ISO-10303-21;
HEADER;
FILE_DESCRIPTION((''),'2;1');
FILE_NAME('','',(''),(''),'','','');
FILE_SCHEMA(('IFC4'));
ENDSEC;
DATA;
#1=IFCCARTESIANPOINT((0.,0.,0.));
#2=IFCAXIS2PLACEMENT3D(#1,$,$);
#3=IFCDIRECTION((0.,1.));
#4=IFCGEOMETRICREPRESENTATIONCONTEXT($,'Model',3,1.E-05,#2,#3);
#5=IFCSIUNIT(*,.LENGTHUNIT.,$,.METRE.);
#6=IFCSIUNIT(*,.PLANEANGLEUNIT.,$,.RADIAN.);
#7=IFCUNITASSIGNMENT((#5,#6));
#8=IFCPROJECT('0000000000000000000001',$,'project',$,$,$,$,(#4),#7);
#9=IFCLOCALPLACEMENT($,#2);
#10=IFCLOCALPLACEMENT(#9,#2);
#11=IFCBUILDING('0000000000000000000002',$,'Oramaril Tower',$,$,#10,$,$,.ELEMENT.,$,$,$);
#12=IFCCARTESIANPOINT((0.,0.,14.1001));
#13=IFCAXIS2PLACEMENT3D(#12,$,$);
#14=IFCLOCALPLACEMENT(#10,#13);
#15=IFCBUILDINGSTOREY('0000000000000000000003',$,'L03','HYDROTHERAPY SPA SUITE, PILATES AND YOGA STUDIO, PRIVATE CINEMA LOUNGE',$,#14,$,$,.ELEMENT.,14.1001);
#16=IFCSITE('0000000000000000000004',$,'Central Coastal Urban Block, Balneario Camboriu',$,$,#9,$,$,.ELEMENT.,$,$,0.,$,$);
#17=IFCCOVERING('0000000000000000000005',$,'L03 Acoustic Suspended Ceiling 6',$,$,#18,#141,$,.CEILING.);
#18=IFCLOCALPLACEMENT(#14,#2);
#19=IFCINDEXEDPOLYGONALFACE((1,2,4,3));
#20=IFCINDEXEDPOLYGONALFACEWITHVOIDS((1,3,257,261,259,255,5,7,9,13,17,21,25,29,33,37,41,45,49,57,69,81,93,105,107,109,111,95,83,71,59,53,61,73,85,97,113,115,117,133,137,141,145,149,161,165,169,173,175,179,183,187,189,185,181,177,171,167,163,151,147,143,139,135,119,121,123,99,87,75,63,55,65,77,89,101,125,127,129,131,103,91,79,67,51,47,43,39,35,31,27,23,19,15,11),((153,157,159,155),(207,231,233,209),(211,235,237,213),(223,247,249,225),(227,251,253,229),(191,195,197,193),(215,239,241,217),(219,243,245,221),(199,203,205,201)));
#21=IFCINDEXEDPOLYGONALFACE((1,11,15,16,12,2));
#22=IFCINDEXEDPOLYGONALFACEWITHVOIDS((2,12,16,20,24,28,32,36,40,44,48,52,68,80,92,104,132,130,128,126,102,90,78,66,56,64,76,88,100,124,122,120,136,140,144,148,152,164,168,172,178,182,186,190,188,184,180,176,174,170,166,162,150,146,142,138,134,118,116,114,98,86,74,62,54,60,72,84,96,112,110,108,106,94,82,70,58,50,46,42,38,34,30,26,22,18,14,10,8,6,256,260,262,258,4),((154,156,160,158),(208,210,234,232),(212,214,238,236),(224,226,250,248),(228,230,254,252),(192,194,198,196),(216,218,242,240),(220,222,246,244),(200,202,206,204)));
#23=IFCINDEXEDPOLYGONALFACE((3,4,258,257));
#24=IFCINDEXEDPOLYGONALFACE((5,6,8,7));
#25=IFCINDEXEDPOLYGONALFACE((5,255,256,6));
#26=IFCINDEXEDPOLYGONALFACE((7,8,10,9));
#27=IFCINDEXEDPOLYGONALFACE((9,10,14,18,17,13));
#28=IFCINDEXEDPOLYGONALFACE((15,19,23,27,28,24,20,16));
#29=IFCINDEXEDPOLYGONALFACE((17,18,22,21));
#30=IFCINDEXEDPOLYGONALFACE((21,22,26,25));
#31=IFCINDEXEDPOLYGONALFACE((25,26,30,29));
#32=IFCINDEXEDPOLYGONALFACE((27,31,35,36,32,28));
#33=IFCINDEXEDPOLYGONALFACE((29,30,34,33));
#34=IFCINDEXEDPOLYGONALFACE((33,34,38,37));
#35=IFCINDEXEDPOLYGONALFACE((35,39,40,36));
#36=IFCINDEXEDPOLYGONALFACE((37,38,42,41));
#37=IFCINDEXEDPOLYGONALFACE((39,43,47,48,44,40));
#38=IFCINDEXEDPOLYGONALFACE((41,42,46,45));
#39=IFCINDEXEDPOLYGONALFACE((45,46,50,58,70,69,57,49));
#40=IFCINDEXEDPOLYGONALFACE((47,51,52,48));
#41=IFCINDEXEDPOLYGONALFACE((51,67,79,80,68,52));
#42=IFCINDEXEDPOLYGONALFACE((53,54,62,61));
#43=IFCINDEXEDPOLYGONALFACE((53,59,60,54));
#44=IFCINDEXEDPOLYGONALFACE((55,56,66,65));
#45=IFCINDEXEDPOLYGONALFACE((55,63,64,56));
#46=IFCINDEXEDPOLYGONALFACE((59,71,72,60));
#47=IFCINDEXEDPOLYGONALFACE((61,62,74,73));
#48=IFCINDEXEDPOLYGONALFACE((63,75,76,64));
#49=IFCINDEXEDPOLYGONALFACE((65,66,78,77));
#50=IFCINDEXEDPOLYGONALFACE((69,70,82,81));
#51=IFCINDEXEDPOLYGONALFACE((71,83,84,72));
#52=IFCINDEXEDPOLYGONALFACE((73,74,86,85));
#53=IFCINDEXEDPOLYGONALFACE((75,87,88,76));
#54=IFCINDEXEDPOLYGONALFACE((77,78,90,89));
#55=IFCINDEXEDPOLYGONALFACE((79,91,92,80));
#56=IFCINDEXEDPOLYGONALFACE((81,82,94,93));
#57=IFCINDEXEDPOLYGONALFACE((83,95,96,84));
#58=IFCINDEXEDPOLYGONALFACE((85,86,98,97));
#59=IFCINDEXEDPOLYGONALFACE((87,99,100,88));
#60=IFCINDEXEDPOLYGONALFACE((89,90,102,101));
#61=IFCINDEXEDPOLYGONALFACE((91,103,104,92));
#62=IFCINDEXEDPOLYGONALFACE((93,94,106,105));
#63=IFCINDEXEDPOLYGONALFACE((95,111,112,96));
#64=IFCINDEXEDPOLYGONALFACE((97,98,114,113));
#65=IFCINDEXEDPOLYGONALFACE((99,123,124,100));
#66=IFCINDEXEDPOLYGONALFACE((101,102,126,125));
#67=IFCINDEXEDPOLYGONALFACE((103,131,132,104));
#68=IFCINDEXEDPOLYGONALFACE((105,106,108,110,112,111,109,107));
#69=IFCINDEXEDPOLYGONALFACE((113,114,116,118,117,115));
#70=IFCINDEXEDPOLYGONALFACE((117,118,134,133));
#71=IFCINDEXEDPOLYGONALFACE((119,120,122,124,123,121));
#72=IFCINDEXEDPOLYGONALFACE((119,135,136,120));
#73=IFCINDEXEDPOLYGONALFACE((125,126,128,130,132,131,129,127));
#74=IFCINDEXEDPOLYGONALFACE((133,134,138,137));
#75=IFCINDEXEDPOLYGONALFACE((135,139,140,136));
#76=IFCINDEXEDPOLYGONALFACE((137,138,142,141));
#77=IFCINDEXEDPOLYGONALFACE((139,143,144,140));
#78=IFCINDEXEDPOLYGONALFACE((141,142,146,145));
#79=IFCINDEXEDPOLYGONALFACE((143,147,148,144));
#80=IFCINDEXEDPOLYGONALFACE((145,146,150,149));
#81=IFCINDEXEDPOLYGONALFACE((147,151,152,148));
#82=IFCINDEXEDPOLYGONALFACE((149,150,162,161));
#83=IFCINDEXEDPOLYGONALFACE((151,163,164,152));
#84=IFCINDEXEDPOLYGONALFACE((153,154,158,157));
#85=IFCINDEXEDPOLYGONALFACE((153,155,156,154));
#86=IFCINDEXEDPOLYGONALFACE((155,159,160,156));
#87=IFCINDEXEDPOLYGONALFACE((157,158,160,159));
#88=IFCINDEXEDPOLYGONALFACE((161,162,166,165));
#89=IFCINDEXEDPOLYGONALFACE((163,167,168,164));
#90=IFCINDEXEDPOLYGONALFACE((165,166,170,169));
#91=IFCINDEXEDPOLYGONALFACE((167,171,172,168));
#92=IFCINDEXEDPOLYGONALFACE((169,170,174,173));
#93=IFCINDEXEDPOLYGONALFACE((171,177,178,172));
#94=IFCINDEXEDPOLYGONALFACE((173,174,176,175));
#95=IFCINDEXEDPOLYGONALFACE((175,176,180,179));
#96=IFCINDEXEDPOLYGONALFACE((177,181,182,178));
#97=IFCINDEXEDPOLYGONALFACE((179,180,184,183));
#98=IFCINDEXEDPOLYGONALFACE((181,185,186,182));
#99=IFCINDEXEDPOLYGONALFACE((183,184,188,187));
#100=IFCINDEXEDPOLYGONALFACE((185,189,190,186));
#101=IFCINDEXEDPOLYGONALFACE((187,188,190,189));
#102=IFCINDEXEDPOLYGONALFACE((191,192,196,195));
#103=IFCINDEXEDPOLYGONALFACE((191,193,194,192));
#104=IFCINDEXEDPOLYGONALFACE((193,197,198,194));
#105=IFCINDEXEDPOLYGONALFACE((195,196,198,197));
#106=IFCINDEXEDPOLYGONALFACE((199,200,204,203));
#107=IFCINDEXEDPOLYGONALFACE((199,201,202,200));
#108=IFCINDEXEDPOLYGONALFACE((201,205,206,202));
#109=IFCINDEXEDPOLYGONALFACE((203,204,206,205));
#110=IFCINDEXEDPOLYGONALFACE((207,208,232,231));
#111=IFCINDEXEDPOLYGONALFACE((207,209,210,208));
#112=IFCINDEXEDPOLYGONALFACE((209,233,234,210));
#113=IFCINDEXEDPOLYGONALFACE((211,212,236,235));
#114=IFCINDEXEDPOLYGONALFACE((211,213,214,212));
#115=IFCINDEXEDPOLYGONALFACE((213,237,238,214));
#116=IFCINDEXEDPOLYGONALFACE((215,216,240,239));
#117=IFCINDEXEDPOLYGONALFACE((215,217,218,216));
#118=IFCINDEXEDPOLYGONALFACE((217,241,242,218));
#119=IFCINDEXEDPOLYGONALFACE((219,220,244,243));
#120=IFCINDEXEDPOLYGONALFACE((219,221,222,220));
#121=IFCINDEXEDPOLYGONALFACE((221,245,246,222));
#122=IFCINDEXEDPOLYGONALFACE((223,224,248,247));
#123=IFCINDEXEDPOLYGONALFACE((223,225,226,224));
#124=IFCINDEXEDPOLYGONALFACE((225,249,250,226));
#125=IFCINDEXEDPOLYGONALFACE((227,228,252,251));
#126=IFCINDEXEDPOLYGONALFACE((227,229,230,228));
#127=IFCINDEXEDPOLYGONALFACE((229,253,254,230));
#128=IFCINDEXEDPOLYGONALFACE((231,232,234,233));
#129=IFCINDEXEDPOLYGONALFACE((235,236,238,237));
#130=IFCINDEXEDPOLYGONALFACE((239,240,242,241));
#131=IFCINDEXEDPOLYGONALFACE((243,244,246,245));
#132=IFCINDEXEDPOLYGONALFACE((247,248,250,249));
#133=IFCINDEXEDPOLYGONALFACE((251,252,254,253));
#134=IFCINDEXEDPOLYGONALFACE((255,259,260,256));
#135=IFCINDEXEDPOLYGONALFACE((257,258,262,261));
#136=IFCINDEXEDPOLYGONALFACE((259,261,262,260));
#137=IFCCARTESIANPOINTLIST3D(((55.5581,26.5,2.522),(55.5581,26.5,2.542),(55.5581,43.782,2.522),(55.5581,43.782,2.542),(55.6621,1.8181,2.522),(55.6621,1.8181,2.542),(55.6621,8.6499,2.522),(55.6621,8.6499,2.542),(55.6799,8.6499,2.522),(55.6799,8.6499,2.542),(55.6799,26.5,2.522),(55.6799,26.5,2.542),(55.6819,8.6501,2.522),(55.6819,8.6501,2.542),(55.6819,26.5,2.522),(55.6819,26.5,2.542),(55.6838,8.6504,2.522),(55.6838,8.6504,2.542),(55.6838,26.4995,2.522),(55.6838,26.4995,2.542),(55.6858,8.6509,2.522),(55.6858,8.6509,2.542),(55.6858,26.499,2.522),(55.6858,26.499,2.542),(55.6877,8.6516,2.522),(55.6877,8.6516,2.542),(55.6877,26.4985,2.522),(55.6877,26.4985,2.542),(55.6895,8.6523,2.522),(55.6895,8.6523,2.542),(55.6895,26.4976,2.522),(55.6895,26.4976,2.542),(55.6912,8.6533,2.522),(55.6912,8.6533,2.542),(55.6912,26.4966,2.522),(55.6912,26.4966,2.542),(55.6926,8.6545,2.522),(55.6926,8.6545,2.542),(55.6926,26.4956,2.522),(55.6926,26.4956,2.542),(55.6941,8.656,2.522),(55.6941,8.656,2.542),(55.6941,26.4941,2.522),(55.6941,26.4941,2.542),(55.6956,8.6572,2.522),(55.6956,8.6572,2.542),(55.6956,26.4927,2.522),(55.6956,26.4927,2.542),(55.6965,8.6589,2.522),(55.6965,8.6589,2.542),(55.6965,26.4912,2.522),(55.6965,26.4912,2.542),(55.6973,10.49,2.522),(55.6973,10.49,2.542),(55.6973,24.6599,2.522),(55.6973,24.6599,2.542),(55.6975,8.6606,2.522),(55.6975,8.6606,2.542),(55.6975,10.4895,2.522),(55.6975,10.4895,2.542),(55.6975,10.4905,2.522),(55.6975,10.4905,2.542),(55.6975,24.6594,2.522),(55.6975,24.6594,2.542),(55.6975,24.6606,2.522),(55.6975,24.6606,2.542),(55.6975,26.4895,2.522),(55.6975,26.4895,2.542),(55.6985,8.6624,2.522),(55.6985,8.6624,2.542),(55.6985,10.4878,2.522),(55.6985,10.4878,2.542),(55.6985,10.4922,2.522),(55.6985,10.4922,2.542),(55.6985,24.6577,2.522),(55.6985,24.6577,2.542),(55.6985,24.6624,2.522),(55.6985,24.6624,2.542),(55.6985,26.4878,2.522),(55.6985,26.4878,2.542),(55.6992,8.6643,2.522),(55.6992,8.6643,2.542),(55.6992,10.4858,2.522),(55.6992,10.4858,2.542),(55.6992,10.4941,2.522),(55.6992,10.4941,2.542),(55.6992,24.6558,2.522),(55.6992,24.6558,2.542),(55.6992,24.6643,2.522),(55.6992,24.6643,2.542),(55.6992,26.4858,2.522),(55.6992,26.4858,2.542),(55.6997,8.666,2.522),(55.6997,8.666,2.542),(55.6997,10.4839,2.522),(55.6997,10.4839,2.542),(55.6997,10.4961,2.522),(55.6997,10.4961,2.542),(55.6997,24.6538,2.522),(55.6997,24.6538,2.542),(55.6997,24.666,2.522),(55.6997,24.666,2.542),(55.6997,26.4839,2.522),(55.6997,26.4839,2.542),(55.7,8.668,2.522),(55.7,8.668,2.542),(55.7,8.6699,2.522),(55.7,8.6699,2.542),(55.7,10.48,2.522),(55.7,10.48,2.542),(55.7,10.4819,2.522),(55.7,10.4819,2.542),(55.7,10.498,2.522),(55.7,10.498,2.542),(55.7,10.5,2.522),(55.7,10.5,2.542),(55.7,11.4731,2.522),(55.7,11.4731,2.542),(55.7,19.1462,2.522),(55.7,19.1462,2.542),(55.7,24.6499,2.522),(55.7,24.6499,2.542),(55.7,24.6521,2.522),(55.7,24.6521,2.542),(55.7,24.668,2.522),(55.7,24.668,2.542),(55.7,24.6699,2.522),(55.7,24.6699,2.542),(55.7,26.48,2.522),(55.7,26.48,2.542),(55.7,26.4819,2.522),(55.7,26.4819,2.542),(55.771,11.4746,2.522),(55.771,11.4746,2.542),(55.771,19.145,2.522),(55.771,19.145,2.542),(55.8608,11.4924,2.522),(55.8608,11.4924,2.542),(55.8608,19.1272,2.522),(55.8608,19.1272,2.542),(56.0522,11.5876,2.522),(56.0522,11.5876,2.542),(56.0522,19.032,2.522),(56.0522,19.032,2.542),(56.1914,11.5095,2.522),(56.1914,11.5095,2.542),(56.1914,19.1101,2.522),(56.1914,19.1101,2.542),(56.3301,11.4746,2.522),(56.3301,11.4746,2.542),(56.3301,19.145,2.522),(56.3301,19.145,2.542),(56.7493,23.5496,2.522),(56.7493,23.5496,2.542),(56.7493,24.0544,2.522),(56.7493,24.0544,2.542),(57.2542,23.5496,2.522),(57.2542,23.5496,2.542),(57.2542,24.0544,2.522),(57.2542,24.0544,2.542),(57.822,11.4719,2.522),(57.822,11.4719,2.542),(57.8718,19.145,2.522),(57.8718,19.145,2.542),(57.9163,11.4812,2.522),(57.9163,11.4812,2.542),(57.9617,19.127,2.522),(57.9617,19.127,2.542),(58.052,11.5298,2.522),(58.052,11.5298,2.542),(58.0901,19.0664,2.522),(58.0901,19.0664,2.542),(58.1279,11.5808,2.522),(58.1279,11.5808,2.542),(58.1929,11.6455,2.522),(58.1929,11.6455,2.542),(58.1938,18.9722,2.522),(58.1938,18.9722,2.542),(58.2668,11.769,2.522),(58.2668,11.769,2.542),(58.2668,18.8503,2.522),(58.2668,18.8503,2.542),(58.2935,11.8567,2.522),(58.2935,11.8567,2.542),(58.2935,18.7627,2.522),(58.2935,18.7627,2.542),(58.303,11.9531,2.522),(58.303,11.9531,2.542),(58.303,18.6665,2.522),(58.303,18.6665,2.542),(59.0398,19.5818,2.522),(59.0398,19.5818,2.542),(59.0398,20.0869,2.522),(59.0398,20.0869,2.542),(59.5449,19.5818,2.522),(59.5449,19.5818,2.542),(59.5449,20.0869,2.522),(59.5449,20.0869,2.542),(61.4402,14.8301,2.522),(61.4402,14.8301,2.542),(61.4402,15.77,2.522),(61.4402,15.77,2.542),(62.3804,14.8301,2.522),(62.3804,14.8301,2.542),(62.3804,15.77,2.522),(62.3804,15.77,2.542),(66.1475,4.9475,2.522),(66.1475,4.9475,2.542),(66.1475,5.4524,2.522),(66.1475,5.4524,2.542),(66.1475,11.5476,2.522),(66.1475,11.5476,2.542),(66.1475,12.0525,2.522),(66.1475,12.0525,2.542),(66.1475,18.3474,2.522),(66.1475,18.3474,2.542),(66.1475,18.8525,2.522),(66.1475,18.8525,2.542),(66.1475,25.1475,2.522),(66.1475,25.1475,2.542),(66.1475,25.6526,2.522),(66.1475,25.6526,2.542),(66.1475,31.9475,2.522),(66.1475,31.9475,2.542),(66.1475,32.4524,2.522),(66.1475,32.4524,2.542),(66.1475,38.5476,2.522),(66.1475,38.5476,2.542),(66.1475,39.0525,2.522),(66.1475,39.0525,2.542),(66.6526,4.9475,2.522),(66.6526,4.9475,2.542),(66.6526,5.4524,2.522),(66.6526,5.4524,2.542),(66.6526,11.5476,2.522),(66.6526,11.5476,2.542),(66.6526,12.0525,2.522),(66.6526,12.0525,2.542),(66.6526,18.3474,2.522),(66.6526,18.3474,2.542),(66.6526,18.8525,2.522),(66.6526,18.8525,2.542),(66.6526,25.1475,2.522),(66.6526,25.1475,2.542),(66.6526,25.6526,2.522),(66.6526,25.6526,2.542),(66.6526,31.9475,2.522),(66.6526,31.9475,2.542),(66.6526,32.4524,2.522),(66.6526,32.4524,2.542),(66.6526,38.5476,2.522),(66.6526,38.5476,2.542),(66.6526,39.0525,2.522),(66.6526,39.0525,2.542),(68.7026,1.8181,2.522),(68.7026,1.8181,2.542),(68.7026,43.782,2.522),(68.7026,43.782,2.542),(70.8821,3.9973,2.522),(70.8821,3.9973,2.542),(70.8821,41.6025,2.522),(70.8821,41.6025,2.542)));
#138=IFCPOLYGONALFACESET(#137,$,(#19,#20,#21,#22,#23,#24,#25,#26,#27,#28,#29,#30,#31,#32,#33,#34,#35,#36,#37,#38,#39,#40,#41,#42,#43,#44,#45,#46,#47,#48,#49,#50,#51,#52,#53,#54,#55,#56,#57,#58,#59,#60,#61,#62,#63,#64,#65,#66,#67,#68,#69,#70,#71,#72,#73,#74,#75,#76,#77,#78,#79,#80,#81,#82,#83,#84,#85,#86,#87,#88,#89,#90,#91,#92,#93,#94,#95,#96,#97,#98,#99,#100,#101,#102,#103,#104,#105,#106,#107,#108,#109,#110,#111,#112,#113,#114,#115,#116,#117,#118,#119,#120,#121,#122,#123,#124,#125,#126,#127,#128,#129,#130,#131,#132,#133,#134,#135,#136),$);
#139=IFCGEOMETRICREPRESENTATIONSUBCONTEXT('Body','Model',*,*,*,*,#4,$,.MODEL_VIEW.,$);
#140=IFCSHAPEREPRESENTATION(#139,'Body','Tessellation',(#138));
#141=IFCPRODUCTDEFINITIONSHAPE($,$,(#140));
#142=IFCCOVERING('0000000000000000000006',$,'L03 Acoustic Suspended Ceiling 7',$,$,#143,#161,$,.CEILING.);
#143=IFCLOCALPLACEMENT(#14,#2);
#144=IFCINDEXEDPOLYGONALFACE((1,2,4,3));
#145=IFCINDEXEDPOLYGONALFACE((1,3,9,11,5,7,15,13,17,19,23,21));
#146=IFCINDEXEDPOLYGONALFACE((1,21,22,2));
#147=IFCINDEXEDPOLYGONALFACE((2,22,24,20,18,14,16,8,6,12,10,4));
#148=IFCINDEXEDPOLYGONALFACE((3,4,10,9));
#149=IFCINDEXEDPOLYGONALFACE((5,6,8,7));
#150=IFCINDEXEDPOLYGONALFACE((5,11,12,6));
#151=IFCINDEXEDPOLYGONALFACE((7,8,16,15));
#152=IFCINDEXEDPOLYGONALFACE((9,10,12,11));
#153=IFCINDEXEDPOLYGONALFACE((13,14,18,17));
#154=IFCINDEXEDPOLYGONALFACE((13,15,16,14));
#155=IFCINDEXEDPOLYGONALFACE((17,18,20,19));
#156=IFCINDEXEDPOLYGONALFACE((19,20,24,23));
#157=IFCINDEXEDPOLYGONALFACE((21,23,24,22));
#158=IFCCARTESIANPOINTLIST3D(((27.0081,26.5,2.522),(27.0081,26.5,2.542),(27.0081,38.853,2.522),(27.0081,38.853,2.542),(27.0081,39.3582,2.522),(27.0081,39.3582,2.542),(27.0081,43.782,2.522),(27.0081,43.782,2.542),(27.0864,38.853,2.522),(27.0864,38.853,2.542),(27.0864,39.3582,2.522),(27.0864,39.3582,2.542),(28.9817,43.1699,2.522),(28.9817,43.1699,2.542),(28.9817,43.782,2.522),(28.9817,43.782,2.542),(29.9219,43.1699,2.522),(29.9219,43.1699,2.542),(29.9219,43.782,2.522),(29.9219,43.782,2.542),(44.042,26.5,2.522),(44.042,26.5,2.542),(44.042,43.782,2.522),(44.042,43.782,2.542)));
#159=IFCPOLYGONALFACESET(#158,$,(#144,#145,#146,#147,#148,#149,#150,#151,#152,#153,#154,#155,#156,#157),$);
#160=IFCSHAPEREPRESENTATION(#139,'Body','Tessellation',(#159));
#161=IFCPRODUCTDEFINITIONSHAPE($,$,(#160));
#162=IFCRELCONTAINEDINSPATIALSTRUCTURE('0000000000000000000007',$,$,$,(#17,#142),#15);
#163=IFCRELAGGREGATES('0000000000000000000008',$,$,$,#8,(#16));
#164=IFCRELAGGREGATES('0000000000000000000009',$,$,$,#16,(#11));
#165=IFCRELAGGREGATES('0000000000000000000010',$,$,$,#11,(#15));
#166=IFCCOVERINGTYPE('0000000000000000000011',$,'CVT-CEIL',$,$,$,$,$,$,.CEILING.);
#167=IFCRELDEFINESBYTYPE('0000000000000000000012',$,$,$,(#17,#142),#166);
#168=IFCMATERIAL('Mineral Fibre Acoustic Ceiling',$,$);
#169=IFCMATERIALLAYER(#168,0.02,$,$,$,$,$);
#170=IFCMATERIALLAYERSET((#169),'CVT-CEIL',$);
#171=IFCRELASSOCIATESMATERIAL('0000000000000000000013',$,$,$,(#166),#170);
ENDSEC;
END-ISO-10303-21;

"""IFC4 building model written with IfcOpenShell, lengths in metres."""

from ifc_helpers import new_model, si_unit, direction, frame, origin, place, context, subcontext, project, spatial, polyline, outline, extrude, material, layer, layer_set, type_object, element, save


model = new_model("IFC4")

# Units and contexts
model_context = context("Model", 3, precision=1e-05, world=origin(), true_north=direction((0.0, 1.0)))
body_context = subcontext(model_context, "Body", "Model", "MODEL_VIEW")
ifc_project = project(units=[si_unit("LENGTHUNIT", "METRE"), si_unit("PLANEANGLEUNIT", "RADIAN")], contexts=[model_context])

# Site, building, storey
site_placement = place(None, origin())
site = spatial("IfcSite", under=ifc_project, at=site_placement, Name="Central Coastal Urban Block, Balneario Camboriu", CompositionType="ELEMENT", RefElevation=0.0)
building_placement = place(site_placement, origin())
building = spatial("IfcBuilding", under=site, at=building_placement, Name="Oramaril Tower", CompositionType="ELEMENT")
storey_placement = place(building_placement, frame((0.0, 0.0, 14.1001)))
storey = spatial("IfcBuildingStorey", under=building, at=storey_placement, Name="L03", Description="HYDROTHERAPY SPA SUITE, PILATES AND YOGA STUDIO, PRIVATE CINEMA LOUNGE", CompositionType="ELEMENT", Elevation=14.1001)

# Coverings
ifc_material_1 = material(Name="Mineral Fibre Acoustic Ceiling")
ifc_layer_1 = layer(ifc_material_1, 0.02)
ifc_layer_set_1 = layer_set([ifc_layer_1], Name="CVT-CEIL")
covering_type_1 = type_object("IfcCoveringType", Name="CVT-CEIL", PredefinedType="CEILING", material=ifc_layer_set_1)
covering_1_placement = place(storey_placement, frame((0.0, 0.0, 2.522)))
element("IfcCovering", 1, at=covering_1_placement, inside=storey, type_object=covering_type_1, Name="L03 Acoustic Suspended Ceiling 6", PredefinedType="CEILING", context=body_context, shape_type="SweptSolid", body=[
    extrude(outline(polyline([(55.771, 11.4746), (55.8608, 11.4924), (56.0522, 11.5876), (56.1914, 11.5095), (56.3301, 11.4746), (57.822, 11.4719), (57.9163, 11.4812), (58.052, 11.5298), (58.1279, 11.5808), (58.1929, 11.6455), (58.2668, 11.769), (58.2935, 11.8567), (58.303, 11.9531), (58.303, 18.6665), (58.2935, 18.7627), (58.2668, 18.8503), (58.1938, 18.9722), (58.0901, 19.0664), (57.9617, 19.127), (57.8718, 19.145), (56.3301, 19.145), (56.1914, 19.1101), (56.0522, 19.032), (55.8608, 19.1272), (55.771, 19.145), (55.7, 19.1462), (55.7, 24.6499), (55.7, 24.6521), (55.6997, 24.6538), (55.6992, 24.6558), (55.6985, 24.6577), (55.6975, 24.6594), (55.6973, 24.6599), (55.6975, 24.6606), (55.6985, 24.6624), (55.6992, 24.6643), (55.6997, 24.666), (55.7, 24.668), (55.7, 24.6699), (55.7, 26.48), (55.7, 26.4819), (55.6997, 26.4839), (55.6992, 26.4858), (55.6985, 26.4878), (55.6975, 26.4895), (55.6965, 26.4912), (55.6956, 26.4927), (55.6941, 26.4941), (55.6926, 26.4956), (55.6912, 26.4966), (55.6895, 26.4976), (55.6877, 26.4985), (55.6858, 26.499), (55.6838, 26.4995), (55.6819, 26.5), (55.6799, 26.5), (55.5581, 26.5), (55.5581, 43.782), (68.7026, 43.782), (70.8821, 41.6025), (70.8821, 3.9973), (68.7026, 1.8181), (55.6621, 1.8181), (55.6621, 8.6499), (55.6799, 8.6499), (55.6819, 8.6501), (55.6838, 8.6504), (55.6858, 8.6509), (55.6877, 8.6516), (55.6895, 8.6523), (55.6912, 8.6533), (55.6926, 8.6545), (55.6941, 8.656), (55.6956, 8.6572), (55.6965, 8.6589), (55.6975, 8.6606), (55.6985, 8.6624), (55.6992, 8.6643), (55.6997, 8.666), (55.7, 8.668), (55.7, 8.6699), (55.7, 10.48), (55.7, 10.4819), (55.6997, 10.4839), (55.6992, 10.4858), (55.6985, 10.4878), (55.6975, 10.4895), (55.6973, 10.49), (55.6975, 10.4905), (55.6985, 10.4922), (55.6992, 10.4941), (55.6997, 10.4961), (55.7, 10.498), (55.7, 10.5), (55.7, 11.4731), (55.771, 11.4746)]), holes=[polyline([(66.6526, 4.9475), (66.6526, 5.4524), (66.1475, 5.4524), (66.1475, 4.9475), (66.6526, 4.9475)]), polyline([(66.6526, 12.0525), (66.1475, 12.0525), (66.1475, 11.5476), (66.6526, 11.5476), (66.6526, 12.0525)]), polyline([(62.3804, 15.77), (61.4402, 15.77), (61.4402, 14.8301), (62.3804, 14.8301), (62.3804, 15.77)]), polyline([(66.6526, 18.3474), (66.6526, 18.8525), (66.1475, 18.8525), (66.1475, 18.3474), (66.6526, 18.3474)]), polyline([(59.5449, 20.0869), (59.0398, 20.0869), (59.0398, 19.5818), (59.5449, 19.5818), (59.5449, 20.0869)]), polyline([(57.2542, 23.5496), (57.2542, 24.0544), (56.7493, 24.0544), (56.7493, 23.5496), (57.2542, 23.5496)]), polyline([(66.6526, 25.1475), (66.6526, 25.6526), (66.1475, 25.6526), (66.1475, 25.1475), (66.6526, 25.1475)]), polyline([(66.6526, 32.4524), (66.1475, 32.4524), (66.1475, 31.9475), (66.6526, 31.9475), (66.6526, 32.4524)]), polyline([(66.6526, 38.5476), (66.6526, 39.0525), (66.1475, 39.0525), (66.1475, 38.5476), (66.6526, 38.5476)])]), origin(), (0.0, 0.0, 1.0), 0.02),
])
covering_2_placement = place(storey_placement, frame((0.0, 0.0, 2.522)))
element("IfcCovering", 2, at=covering_2_placement, inside=storey, type_object=covering_type_1, Name="L03 Acoustic Suspended Ceiling 7", PredefinedType="CEILING", context=body_context, shape_type="SweptSolid", body=[
    extrude(outline(polyline([(27.0081, 38.853), (27.0864, 38.853), (27.0864, 39.3582), (27.0081, 39.3582), (27.0081, 43.782), (28.9817, 43.782), (28.9817, 43.1699), (29.9219, 43.1699), (29.9219, 43.782), (44.042, 43.782), (44.042, 26.5), (27.0081, 26.5), (27.0081, 38.853)])), origin(), (0.0, 0.0, 1.0), 0.02),
])

save(model, "model.ifc")
